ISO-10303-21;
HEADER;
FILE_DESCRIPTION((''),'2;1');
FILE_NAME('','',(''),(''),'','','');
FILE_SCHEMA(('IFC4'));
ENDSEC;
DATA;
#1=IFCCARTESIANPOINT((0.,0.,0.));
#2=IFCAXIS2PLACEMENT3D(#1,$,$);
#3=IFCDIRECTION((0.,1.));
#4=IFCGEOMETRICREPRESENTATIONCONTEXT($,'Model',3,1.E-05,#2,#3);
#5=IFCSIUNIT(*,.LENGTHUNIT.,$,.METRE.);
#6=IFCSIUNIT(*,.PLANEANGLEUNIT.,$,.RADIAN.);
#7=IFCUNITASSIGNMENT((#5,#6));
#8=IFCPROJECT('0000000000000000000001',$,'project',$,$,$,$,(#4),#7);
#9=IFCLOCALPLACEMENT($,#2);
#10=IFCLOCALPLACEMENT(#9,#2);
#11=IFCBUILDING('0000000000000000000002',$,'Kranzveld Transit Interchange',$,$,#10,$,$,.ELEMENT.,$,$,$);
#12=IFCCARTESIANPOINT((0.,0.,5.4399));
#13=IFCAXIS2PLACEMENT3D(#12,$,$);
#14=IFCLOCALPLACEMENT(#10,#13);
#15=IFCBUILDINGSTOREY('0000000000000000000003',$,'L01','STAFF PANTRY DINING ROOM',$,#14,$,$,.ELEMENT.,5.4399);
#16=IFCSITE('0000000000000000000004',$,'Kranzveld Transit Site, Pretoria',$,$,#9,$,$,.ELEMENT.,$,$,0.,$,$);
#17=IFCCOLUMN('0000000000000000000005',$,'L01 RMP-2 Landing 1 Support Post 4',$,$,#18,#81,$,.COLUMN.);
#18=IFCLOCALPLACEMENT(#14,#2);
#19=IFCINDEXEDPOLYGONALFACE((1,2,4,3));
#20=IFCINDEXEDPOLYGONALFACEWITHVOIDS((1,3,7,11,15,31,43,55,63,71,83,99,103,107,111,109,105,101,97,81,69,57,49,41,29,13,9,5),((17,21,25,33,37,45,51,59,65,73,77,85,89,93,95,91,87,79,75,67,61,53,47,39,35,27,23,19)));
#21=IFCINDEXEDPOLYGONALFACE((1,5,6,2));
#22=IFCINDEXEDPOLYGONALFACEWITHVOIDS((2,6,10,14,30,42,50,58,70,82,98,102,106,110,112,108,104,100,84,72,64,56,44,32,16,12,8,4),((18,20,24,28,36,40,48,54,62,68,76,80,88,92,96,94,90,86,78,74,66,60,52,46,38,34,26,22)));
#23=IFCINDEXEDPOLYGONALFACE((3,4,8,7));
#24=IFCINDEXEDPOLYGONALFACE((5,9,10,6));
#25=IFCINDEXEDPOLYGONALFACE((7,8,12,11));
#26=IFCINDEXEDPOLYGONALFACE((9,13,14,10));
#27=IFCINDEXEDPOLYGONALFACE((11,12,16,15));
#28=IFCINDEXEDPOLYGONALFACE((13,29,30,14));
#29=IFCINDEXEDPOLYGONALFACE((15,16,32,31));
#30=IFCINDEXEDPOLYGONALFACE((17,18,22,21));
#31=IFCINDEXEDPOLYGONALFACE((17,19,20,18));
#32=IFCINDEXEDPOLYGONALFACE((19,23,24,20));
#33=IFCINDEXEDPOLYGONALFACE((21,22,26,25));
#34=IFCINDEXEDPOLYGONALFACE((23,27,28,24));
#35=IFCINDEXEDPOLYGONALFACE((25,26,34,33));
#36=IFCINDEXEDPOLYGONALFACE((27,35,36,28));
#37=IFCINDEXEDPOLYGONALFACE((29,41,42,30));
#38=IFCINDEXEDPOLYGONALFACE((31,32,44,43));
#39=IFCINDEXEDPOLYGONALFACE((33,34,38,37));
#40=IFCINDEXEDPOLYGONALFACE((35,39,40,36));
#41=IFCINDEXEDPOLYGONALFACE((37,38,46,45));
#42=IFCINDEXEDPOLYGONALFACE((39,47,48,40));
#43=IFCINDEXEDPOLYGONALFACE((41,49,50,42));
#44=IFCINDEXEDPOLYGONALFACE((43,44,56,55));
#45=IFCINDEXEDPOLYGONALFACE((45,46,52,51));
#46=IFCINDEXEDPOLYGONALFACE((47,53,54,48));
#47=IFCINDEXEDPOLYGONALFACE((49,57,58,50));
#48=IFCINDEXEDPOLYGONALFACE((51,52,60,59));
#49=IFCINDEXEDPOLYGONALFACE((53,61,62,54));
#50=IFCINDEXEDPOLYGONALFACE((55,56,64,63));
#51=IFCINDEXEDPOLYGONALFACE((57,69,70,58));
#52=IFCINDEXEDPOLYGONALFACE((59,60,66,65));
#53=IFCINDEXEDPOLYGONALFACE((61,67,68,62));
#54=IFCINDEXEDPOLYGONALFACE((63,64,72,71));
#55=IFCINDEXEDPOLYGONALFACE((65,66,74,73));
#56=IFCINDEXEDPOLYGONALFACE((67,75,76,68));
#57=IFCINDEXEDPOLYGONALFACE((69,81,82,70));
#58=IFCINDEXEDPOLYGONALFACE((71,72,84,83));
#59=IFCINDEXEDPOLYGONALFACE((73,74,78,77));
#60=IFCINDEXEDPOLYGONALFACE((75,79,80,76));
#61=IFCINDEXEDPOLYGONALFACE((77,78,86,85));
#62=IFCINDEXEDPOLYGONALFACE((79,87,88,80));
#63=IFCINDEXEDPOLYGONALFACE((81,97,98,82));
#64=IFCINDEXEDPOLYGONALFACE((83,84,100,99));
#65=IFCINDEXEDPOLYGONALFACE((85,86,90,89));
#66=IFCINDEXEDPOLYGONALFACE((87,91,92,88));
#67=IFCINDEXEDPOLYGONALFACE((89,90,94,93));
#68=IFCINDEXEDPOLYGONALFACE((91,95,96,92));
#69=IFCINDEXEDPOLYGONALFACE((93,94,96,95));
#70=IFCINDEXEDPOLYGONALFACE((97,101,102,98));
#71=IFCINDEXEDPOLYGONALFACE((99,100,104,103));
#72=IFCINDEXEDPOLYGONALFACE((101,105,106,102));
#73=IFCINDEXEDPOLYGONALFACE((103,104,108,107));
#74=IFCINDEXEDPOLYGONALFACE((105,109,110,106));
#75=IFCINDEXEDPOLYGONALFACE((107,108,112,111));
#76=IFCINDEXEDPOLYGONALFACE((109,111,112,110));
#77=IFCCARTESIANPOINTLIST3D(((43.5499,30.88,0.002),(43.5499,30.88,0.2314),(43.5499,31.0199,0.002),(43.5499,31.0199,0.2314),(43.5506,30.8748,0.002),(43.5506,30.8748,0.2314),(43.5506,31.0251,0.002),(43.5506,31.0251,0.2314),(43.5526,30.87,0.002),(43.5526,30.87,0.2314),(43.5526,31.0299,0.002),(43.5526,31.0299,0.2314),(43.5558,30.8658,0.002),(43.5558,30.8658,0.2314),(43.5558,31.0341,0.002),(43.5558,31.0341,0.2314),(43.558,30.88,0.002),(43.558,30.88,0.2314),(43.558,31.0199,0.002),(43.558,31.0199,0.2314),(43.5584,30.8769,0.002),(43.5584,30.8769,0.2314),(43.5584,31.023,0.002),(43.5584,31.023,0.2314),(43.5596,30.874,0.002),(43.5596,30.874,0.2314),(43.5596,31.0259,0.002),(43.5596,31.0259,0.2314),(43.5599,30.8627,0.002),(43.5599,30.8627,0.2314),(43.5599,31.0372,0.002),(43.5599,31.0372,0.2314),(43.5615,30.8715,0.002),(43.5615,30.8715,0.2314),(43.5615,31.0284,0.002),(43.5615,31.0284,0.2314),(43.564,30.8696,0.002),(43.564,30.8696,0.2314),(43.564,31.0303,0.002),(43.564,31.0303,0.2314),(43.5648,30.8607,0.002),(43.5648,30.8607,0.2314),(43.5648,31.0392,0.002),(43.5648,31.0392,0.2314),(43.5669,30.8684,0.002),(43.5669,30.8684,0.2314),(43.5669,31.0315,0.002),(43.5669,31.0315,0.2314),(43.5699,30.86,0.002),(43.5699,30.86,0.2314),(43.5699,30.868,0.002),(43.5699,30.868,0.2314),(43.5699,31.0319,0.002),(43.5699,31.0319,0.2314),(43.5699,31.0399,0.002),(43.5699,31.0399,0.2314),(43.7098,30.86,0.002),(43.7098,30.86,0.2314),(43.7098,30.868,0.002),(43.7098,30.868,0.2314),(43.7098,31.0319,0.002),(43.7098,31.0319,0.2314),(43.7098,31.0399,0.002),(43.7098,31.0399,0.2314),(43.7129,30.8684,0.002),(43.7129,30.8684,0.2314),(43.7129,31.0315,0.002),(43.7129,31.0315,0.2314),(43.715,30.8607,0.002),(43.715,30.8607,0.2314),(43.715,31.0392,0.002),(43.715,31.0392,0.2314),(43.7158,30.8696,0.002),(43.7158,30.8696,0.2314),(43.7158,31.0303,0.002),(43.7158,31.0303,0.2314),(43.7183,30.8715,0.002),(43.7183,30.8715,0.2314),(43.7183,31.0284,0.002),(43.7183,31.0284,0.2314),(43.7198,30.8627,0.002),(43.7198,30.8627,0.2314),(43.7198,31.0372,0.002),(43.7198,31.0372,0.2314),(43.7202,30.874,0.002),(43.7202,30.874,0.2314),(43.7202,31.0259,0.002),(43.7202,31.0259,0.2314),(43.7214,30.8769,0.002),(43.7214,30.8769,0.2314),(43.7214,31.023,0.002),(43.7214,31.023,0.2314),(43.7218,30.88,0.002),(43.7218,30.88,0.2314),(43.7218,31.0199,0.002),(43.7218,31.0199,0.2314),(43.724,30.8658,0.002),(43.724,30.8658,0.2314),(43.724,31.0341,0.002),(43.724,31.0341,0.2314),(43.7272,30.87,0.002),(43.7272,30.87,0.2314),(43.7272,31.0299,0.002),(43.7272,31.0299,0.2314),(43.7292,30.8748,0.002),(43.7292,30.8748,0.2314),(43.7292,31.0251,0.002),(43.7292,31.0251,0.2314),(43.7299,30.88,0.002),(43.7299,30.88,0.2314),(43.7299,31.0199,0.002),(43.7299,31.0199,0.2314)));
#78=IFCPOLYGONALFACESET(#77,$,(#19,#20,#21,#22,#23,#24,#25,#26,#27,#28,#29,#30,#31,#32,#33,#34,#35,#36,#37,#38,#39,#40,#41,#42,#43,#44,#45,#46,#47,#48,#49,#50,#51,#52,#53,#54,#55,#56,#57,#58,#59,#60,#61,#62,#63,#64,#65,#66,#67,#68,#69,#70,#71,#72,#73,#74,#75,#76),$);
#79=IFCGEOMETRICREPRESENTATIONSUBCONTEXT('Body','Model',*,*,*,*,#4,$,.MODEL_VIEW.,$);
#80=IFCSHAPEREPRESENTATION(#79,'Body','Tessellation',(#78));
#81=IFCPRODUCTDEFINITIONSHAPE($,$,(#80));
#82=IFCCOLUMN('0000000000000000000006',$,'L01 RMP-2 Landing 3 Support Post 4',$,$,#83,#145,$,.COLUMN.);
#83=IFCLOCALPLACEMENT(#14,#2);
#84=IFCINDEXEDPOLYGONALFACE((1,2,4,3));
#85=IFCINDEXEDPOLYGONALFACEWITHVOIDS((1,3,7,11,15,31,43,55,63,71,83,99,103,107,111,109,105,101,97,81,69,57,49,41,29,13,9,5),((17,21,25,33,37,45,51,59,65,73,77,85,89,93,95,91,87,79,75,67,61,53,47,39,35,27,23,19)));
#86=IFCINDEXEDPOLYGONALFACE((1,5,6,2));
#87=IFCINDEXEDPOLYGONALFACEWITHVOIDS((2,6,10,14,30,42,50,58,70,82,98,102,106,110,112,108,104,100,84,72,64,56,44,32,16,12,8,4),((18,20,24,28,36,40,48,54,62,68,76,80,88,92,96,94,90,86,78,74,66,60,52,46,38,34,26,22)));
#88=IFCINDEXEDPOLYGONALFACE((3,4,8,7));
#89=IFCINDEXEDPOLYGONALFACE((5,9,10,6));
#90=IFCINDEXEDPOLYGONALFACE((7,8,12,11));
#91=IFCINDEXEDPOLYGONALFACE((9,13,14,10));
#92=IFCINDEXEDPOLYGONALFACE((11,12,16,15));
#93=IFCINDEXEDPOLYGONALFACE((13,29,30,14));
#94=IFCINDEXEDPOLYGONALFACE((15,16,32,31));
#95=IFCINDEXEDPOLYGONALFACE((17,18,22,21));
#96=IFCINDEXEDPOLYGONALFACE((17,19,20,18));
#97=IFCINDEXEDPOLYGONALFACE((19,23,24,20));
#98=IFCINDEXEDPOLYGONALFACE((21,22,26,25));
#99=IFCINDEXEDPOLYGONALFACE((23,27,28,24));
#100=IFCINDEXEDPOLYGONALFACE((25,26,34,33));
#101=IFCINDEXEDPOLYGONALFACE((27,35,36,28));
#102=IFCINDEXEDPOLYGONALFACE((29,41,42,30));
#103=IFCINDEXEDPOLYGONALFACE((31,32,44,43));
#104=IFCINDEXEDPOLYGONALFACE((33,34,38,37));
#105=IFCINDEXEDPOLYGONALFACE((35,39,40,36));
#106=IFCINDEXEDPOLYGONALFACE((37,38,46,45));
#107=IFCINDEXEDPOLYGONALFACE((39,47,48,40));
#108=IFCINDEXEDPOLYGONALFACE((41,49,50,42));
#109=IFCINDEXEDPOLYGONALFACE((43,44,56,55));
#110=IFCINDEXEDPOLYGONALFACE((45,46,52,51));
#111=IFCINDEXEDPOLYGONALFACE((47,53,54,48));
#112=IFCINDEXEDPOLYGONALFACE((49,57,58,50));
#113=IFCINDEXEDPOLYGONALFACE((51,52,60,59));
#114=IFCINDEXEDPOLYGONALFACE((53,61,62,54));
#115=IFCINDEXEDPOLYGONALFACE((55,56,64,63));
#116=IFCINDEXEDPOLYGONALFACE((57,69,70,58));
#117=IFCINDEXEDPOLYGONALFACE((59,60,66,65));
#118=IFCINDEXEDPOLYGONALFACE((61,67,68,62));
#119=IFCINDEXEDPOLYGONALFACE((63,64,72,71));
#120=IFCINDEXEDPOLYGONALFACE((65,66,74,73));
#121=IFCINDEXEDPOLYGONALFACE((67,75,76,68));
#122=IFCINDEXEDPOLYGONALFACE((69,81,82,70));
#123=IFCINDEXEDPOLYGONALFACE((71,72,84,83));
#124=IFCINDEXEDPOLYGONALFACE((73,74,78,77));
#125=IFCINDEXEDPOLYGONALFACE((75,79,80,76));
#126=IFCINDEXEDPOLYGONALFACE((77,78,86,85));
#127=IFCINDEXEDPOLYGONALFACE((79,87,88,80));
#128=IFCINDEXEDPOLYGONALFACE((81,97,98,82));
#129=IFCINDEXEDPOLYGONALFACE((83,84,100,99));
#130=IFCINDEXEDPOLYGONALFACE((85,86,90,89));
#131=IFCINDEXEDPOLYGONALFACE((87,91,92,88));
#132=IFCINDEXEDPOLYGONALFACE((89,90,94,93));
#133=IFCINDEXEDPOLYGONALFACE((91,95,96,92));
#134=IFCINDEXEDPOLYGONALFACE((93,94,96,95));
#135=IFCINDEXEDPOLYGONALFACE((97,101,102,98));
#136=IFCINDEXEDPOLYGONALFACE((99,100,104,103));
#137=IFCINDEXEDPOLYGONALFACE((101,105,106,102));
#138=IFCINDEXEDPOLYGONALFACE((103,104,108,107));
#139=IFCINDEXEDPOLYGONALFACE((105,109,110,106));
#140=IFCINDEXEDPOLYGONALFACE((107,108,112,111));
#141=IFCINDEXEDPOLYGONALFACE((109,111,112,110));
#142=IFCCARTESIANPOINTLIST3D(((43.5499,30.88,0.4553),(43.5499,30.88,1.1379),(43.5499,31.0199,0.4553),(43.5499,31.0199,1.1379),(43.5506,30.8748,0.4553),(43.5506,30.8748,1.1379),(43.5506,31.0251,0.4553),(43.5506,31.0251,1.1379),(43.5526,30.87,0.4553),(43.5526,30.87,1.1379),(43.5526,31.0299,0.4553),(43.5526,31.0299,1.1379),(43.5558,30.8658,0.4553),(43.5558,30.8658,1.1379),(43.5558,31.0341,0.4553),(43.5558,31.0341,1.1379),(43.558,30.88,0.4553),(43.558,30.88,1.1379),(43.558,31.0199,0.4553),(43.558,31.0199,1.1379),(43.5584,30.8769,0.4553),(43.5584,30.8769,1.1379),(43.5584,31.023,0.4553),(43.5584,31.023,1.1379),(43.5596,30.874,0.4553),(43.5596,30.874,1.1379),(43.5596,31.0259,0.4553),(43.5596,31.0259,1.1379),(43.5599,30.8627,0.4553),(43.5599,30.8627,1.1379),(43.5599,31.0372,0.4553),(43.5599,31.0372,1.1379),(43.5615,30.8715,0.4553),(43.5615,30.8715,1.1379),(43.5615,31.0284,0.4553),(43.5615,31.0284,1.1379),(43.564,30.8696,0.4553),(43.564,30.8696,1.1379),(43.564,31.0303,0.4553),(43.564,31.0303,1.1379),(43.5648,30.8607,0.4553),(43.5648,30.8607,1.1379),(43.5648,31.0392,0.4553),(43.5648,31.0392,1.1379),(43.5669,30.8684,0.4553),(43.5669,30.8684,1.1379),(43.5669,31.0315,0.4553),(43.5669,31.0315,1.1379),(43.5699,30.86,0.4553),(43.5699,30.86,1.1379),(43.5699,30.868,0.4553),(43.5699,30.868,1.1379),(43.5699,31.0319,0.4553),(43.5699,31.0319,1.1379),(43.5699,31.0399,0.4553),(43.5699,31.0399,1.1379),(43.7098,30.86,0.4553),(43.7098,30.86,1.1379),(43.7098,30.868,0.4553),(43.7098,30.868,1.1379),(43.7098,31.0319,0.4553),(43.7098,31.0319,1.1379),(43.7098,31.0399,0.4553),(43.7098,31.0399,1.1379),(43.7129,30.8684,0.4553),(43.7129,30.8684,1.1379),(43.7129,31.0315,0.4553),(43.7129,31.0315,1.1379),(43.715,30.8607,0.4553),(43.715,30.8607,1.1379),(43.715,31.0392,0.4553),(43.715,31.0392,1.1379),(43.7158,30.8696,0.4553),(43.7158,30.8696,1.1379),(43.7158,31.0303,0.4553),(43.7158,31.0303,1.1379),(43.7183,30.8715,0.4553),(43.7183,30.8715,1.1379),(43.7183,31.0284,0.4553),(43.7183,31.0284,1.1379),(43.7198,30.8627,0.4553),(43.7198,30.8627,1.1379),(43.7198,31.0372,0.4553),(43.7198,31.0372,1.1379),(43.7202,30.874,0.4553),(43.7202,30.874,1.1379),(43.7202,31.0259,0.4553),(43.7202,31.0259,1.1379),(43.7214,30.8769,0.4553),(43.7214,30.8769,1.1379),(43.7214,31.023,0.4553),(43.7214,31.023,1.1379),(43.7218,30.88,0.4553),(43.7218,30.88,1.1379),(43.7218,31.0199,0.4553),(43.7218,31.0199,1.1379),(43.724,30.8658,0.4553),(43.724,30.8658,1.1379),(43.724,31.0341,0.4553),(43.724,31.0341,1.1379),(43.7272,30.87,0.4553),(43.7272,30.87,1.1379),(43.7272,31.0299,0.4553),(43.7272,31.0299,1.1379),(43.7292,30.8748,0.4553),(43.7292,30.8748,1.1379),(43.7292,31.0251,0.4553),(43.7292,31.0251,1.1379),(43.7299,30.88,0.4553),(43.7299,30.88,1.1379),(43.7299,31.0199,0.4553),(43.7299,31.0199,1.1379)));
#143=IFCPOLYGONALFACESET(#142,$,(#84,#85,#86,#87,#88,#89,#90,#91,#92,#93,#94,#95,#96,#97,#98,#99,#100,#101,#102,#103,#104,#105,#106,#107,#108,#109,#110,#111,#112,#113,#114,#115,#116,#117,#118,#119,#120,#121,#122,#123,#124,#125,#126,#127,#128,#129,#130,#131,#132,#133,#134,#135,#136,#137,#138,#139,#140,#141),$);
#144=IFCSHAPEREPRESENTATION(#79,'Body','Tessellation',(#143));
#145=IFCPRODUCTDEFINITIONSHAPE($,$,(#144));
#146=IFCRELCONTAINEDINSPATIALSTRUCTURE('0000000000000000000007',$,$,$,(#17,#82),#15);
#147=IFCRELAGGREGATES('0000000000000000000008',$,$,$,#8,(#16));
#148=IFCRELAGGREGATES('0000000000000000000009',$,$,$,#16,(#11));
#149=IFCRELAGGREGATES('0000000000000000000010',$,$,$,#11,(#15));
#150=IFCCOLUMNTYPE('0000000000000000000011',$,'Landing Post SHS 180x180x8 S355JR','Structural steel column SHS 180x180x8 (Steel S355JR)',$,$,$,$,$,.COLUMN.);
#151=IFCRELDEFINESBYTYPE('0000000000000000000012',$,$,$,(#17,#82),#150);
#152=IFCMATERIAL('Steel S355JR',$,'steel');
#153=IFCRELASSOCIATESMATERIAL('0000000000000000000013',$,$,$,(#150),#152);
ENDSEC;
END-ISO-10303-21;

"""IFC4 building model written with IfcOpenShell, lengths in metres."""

from ifc_helpers import new_model, si_unit, direction, frame, origin, origin_2d, place, context, subcontext, project, spatial, hollow_rectangle, extrude, material, material_profile, profile_set, type_object, element, save


model = new_model("IFC4")

# Units and contexts
model_context = context("Model", 3, precision=1e-05, world=origin(), true_north=direction((0.0, 1.0)))
body_context = subcontext(model_context, "Body", "Model", "MODEL_VIEW")
ifc_project = project(units=[si_unit("LENGTHUNIT", "METRE"), si_unit("PLANEANGLEUNIT", "RADIAN")], contexts=[model_context])

# Site, building, storey
site_placement = place(None, origin())
site = spatial("IfcSite", under=ifc_project, at=site_placement, Name="Kranzveld Transit Site, Pretoria", CompositionType="ELEMENT", RefElevation=0.0)
building_placement = place(site_placement, origin())
building = spatial("IfcBuilding", under=site, at=building_placement, Name="Kranzveld Transit Interchange", CompositionType="ELEMENT")
storey_placement = place(building_placement, frame((0.0, 0.0, 5.4399)))
storey = spatial("IfcBuildingStorey", under=building, at=storey_placement, Name="L01", Description="STAFF PANTRY DINING ROOM", CompositionType="ELEMENT", Elevation=5.4399)

# Columns
ifc_material_1 = material(Name="Steel S355JR", Category="steel")
ifc_material_profile_1 = material_profile(ifc_material_1, hollow_rectangle(XDim=0.1799, YDim=0.1799, WallThickness=0.0081, InnerFilletRadius=0.012, OuterFilletRadius=0.02, at=origin_2d()), Name="SHS 180x180x8")
ifc_profile_set_1 = profile_set([ifc_material_profile_1], Name="Steel S355JR")
column_type = type_object("IfcColumnType", Name="Landing Post SHS 180x180x8 S355JR", Description="Structural steel column SHS 180x180x8 (Steel S355JR)", PredefinedType="COLUMN", material=ifc_profile_set_1)
column_1_placement = place(storey_placement, frame((43.6399, 30.95, 0.002), z_axis=(0.0, 0.0, 1.0), x_axis=(1.0, 0.0, 0.0)))
element("IfcColumn", 1, at=column_1_placement, inside=storey, type_object=column_type, Name="L01 RMP-2 Landing 1 Support Post 4", PredefinedType="COLUMN", context=body_context, shape_type="SweptSolid", body=[
    extrude(hollow_rectangle(XDim=0.1799, YDim=0.1799, WallThickness=0.0081, InnerFilletRadius=0.012, OuterFilletRadius=0.02, at=origin_2d()), origin(), (0.0, 0.0, 1.0), 0.2295),
])
for number, where, z_axis, x_axis, name in (
    (2, (43.6399, 30.95, 0.4553), (0.0, 0.0, 1.0), (1.0, 0.0, 0.0), "L01 RMP-2 Landing 3 Support Post 4"),
):
    element("IfcColumn", number, at=place(storey_placement, frame(where, z_axis=z_axis, x_axis=x_axis)), inside=storey, type_object=column_type, Name=name, PredefinedType="COLUMN", context=body_context, shape_type="SweptSolid", body=[
        extrude(hollow_rectangle(XDim=0.1799, YDim=0.1799, WallThickness=0.0081, InnerFilletRadius=0.012, OuterFilletRadius=0.02, at=origin_2d()), origin(), (0.0, 0.0, 1.0), 0.6826),
    ])

save(model, "model.ifc")
